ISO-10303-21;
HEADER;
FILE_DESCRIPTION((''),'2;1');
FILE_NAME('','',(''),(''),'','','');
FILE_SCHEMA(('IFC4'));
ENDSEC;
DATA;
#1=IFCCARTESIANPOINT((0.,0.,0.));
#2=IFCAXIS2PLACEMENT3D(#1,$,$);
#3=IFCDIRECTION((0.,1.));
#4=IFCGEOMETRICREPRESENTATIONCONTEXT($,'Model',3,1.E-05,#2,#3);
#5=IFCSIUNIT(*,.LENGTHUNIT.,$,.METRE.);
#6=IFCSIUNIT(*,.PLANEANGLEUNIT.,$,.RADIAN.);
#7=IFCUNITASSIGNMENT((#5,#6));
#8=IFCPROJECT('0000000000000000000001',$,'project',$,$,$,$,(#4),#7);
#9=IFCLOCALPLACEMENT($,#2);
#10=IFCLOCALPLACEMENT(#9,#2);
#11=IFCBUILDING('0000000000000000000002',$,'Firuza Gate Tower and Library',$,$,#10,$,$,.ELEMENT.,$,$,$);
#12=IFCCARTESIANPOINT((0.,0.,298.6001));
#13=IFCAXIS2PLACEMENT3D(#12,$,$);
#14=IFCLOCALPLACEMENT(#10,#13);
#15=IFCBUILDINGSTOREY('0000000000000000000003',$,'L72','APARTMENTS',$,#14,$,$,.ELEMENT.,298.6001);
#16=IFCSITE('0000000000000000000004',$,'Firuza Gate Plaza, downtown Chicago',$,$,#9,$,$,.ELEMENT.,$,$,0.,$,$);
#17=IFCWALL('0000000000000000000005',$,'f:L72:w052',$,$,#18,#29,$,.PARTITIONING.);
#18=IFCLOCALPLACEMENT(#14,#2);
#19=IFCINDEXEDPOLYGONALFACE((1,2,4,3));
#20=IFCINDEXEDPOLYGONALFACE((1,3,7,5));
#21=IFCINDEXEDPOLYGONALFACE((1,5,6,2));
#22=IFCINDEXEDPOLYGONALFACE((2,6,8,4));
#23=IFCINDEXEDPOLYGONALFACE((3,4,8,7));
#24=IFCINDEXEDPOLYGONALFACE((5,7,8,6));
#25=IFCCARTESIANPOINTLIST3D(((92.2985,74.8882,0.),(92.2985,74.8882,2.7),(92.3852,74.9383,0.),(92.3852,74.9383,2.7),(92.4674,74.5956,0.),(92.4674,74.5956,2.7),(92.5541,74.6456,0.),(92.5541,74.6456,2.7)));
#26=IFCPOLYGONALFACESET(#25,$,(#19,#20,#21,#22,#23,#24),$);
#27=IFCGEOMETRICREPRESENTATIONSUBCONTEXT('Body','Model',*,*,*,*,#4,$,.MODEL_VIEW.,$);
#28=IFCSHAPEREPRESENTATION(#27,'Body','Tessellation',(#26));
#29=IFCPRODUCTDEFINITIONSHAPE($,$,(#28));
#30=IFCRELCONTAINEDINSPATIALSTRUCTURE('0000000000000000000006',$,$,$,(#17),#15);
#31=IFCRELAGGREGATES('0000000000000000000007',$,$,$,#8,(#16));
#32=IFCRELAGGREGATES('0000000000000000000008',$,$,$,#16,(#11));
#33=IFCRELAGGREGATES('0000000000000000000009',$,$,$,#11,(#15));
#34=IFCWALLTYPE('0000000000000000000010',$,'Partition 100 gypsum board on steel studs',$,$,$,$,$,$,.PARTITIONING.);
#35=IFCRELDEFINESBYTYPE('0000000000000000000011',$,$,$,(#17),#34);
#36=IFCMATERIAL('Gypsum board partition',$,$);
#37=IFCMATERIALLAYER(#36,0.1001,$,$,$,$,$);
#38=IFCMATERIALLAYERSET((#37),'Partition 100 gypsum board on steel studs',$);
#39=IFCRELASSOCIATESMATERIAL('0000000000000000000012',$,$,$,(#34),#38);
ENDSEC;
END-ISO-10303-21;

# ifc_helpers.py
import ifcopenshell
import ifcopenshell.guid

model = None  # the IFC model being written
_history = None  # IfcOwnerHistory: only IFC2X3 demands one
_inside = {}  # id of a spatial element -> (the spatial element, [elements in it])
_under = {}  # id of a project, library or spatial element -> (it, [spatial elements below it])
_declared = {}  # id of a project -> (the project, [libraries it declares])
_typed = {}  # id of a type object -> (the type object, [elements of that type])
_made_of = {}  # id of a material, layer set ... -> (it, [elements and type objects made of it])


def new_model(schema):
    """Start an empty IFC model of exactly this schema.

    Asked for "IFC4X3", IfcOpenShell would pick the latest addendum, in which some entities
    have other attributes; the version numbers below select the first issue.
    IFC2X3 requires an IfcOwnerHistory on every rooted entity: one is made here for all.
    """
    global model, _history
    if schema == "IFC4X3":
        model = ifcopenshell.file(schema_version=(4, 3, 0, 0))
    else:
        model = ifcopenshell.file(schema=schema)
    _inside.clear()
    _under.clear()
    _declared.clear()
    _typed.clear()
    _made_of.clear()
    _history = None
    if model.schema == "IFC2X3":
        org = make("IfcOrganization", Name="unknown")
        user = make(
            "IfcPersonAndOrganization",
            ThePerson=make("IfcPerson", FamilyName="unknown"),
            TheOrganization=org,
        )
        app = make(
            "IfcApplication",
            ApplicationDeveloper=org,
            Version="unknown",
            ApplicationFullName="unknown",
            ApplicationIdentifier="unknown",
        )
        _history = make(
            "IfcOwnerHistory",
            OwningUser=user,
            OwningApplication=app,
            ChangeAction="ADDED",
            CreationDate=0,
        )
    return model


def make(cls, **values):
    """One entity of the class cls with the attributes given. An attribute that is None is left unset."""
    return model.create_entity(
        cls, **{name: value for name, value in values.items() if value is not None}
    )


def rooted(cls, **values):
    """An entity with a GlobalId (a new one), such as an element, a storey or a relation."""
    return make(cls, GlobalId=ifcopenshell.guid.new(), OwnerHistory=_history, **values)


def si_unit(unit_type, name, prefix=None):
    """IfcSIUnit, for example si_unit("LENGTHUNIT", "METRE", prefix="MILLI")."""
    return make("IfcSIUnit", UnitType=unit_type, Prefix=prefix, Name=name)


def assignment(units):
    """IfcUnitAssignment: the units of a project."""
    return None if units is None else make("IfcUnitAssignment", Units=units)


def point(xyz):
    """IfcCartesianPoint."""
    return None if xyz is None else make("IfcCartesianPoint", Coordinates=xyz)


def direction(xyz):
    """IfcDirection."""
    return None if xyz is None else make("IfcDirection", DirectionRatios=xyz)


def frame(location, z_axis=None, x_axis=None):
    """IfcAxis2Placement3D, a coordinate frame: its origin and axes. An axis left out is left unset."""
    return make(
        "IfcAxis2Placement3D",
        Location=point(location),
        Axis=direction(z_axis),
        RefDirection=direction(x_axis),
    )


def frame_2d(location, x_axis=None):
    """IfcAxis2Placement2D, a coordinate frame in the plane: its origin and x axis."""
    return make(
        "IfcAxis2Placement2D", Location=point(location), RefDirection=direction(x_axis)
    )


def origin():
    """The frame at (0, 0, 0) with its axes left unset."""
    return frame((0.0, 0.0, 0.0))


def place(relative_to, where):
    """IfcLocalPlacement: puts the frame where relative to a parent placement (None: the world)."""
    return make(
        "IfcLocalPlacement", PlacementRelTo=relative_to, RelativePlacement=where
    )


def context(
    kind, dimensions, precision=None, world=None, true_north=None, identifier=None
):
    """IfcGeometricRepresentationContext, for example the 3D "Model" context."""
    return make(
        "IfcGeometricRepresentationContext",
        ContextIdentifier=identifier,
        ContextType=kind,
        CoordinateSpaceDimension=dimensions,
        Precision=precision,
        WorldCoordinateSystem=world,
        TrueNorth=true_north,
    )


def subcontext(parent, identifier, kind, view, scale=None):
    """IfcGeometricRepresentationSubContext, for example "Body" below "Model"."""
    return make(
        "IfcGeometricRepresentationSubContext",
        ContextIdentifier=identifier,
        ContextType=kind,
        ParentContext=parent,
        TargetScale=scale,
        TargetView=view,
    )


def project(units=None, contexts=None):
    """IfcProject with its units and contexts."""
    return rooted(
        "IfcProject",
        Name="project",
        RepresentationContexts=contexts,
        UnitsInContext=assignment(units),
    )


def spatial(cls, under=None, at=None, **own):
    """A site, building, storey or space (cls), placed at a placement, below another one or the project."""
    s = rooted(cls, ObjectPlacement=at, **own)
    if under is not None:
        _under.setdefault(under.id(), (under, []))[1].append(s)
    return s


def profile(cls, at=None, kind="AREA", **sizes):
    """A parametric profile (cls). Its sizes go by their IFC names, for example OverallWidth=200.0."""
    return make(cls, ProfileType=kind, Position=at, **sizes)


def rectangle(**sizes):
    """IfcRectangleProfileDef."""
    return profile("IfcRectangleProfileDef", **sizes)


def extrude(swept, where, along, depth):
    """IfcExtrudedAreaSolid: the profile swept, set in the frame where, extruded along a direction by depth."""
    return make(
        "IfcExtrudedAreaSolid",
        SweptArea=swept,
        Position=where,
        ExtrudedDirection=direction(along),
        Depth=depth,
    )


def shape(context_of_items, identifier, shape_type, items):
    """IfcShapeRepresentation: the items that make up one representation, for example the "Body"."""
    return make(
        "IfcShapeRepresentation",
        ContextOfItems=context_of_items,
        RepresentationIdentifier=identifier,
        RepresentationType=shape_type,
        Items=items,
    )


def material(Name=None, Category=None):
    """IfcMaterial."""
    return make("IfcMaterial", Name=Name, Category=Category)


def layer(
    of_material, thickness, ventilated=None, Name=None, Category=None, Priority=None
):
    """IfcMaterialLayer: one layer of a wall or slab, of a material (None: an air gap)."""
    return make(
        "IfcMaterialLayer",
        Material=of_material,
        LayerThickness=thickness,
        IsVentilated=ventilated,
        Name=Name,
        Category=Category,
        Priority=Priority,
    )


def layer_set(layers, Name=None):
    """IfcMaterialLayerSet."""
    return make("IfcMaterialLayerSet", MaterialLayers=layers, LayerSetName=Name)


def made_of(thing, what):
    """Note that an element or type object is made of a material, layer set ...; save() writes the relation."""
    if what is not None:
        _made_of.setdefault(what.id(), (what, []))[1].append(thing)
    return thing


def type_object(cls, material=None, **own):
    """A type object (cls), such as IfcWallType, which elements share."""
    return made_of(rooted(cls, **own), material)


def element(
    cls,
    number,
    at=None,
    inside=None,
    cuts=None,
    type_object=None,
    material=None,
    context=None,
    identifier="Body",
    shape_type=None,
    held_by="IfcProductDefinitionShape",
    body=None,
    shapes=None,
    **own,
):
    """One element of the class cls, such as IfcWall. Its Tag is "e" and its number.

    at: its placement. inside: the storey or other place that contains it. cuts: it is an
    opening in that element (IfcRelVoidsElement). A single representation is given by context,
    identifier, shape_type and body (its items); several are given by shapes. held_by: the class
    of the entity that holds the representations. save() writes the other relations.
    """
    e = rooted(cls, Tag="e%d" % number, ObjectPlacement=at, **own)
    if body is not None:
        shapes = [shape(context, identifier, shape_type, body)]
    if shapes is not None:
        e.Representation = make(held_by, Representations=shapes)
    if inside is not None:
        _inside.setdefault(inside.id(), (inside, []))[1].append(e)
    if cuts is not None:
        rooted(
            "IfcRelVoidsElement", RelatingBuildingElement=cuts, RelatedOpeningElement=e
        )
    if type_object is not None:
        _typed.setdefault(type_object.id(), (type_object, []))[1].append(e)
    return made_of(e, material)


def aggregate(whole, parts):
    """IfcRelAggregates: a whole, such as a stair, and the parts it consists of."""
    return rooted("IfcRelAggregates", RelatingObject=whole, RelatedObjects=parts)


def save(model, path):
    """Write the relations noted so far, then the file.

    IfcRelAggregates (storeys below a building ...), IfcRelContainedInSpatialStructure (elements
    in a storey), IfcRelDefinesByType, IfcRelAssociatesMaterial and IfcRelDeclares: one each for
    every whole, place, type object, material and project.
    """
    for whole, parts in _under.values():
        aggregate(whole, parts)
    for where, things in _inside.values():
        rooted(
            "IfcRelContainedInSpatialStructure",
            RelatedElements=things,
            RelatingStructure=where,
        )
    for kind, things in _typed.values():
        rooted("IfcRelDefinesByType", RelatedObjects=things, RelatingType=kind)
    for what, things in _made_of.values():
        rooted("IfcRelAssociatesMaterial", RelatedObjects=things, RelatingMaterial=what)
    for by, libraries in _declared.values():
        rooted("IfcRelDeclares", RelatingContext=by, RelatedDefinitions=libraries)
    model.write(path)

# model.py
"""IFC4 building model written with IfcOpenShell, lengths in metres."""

from ifc_helpers import new_model, si_unit, direction, frame, frame_2d, origin, place, context, subcontext, project, spatial, rectangle, extrude, material, layer, layer_set, type_object, element, save


model = new_model("IFC4")

# Units and contexts
model_context = context("Model", 3, precision=1e-05, world=origin(), true_north=direction((0.0, 1.0)))
body_context = subcontext(model_context, "Body", "Model", "MODEL_VIEW")
ifc_project = project(units=[si_unit("LENGTHUNIT", "METRE"), si_unit("PLANEANGLEUNIT", "RADIAN")], contexts=[model_context])

# Site, building, storey
site_placement = place(None, origin())
site = spatial("IfcSite", under=ifc_project, at=site_placement, Name="Firuza Gate Plaza, downtown Chicago", CompositionType="ELEMENT", RefElevation=0.0)
building_placement = place(site_placement, origin())
building = spatial("IfcBuilding", under=site, at=building_placement, Name="Firuza Gate Tower and Library", CompositionType="ELEMENT")
storey_placement = place(building_placement, frame((0.0, 0.0, 298.6001)))
storey = spatial("IfcBuildingStorey", under=building, at=storey_placement, Name="L72", Description="APARTMENTS", CompositionType="ELEMENT", Elevation=298.6001)

# Wall
ifc_material_1 = material(Name="Gypsum board partition")
ifc_layer_1 = layer(ifc_material_1, 0.1001)
ifc_layer_set_1 = layer_set([ifc_layer_1], Name="Partition 100 gypsum board on steel studs")
wall_type = type_object("IfcWallType", Name="Partition 100 gypsum board on steel studs", PredefinedType="PARTITIONING", material=ifc_layer_set_1)
wall_1_placement = place(storey_placement, frame((92.5107, 74.6206, 0.0), z_axis=(0.0, 0.0, 1.0), x_axis=(-0.499868, 0.866101, 0.0)))
element("IfcWall", 1, at=wall_1_placement, inside=storey, type_object=wall_type, Name="f:L72:w052", PredefinedType="PARTITIONING", context=body_context, shape_type="SweptSolid", body=[
    extrude(rectangle(XDim=0.3379, YDim=0.1001, at=frame_2d((0.1689, 0.0))), origin(), (0.0, 0.0, 1.0), 2.7),
])

save(model, "model.ifc")
